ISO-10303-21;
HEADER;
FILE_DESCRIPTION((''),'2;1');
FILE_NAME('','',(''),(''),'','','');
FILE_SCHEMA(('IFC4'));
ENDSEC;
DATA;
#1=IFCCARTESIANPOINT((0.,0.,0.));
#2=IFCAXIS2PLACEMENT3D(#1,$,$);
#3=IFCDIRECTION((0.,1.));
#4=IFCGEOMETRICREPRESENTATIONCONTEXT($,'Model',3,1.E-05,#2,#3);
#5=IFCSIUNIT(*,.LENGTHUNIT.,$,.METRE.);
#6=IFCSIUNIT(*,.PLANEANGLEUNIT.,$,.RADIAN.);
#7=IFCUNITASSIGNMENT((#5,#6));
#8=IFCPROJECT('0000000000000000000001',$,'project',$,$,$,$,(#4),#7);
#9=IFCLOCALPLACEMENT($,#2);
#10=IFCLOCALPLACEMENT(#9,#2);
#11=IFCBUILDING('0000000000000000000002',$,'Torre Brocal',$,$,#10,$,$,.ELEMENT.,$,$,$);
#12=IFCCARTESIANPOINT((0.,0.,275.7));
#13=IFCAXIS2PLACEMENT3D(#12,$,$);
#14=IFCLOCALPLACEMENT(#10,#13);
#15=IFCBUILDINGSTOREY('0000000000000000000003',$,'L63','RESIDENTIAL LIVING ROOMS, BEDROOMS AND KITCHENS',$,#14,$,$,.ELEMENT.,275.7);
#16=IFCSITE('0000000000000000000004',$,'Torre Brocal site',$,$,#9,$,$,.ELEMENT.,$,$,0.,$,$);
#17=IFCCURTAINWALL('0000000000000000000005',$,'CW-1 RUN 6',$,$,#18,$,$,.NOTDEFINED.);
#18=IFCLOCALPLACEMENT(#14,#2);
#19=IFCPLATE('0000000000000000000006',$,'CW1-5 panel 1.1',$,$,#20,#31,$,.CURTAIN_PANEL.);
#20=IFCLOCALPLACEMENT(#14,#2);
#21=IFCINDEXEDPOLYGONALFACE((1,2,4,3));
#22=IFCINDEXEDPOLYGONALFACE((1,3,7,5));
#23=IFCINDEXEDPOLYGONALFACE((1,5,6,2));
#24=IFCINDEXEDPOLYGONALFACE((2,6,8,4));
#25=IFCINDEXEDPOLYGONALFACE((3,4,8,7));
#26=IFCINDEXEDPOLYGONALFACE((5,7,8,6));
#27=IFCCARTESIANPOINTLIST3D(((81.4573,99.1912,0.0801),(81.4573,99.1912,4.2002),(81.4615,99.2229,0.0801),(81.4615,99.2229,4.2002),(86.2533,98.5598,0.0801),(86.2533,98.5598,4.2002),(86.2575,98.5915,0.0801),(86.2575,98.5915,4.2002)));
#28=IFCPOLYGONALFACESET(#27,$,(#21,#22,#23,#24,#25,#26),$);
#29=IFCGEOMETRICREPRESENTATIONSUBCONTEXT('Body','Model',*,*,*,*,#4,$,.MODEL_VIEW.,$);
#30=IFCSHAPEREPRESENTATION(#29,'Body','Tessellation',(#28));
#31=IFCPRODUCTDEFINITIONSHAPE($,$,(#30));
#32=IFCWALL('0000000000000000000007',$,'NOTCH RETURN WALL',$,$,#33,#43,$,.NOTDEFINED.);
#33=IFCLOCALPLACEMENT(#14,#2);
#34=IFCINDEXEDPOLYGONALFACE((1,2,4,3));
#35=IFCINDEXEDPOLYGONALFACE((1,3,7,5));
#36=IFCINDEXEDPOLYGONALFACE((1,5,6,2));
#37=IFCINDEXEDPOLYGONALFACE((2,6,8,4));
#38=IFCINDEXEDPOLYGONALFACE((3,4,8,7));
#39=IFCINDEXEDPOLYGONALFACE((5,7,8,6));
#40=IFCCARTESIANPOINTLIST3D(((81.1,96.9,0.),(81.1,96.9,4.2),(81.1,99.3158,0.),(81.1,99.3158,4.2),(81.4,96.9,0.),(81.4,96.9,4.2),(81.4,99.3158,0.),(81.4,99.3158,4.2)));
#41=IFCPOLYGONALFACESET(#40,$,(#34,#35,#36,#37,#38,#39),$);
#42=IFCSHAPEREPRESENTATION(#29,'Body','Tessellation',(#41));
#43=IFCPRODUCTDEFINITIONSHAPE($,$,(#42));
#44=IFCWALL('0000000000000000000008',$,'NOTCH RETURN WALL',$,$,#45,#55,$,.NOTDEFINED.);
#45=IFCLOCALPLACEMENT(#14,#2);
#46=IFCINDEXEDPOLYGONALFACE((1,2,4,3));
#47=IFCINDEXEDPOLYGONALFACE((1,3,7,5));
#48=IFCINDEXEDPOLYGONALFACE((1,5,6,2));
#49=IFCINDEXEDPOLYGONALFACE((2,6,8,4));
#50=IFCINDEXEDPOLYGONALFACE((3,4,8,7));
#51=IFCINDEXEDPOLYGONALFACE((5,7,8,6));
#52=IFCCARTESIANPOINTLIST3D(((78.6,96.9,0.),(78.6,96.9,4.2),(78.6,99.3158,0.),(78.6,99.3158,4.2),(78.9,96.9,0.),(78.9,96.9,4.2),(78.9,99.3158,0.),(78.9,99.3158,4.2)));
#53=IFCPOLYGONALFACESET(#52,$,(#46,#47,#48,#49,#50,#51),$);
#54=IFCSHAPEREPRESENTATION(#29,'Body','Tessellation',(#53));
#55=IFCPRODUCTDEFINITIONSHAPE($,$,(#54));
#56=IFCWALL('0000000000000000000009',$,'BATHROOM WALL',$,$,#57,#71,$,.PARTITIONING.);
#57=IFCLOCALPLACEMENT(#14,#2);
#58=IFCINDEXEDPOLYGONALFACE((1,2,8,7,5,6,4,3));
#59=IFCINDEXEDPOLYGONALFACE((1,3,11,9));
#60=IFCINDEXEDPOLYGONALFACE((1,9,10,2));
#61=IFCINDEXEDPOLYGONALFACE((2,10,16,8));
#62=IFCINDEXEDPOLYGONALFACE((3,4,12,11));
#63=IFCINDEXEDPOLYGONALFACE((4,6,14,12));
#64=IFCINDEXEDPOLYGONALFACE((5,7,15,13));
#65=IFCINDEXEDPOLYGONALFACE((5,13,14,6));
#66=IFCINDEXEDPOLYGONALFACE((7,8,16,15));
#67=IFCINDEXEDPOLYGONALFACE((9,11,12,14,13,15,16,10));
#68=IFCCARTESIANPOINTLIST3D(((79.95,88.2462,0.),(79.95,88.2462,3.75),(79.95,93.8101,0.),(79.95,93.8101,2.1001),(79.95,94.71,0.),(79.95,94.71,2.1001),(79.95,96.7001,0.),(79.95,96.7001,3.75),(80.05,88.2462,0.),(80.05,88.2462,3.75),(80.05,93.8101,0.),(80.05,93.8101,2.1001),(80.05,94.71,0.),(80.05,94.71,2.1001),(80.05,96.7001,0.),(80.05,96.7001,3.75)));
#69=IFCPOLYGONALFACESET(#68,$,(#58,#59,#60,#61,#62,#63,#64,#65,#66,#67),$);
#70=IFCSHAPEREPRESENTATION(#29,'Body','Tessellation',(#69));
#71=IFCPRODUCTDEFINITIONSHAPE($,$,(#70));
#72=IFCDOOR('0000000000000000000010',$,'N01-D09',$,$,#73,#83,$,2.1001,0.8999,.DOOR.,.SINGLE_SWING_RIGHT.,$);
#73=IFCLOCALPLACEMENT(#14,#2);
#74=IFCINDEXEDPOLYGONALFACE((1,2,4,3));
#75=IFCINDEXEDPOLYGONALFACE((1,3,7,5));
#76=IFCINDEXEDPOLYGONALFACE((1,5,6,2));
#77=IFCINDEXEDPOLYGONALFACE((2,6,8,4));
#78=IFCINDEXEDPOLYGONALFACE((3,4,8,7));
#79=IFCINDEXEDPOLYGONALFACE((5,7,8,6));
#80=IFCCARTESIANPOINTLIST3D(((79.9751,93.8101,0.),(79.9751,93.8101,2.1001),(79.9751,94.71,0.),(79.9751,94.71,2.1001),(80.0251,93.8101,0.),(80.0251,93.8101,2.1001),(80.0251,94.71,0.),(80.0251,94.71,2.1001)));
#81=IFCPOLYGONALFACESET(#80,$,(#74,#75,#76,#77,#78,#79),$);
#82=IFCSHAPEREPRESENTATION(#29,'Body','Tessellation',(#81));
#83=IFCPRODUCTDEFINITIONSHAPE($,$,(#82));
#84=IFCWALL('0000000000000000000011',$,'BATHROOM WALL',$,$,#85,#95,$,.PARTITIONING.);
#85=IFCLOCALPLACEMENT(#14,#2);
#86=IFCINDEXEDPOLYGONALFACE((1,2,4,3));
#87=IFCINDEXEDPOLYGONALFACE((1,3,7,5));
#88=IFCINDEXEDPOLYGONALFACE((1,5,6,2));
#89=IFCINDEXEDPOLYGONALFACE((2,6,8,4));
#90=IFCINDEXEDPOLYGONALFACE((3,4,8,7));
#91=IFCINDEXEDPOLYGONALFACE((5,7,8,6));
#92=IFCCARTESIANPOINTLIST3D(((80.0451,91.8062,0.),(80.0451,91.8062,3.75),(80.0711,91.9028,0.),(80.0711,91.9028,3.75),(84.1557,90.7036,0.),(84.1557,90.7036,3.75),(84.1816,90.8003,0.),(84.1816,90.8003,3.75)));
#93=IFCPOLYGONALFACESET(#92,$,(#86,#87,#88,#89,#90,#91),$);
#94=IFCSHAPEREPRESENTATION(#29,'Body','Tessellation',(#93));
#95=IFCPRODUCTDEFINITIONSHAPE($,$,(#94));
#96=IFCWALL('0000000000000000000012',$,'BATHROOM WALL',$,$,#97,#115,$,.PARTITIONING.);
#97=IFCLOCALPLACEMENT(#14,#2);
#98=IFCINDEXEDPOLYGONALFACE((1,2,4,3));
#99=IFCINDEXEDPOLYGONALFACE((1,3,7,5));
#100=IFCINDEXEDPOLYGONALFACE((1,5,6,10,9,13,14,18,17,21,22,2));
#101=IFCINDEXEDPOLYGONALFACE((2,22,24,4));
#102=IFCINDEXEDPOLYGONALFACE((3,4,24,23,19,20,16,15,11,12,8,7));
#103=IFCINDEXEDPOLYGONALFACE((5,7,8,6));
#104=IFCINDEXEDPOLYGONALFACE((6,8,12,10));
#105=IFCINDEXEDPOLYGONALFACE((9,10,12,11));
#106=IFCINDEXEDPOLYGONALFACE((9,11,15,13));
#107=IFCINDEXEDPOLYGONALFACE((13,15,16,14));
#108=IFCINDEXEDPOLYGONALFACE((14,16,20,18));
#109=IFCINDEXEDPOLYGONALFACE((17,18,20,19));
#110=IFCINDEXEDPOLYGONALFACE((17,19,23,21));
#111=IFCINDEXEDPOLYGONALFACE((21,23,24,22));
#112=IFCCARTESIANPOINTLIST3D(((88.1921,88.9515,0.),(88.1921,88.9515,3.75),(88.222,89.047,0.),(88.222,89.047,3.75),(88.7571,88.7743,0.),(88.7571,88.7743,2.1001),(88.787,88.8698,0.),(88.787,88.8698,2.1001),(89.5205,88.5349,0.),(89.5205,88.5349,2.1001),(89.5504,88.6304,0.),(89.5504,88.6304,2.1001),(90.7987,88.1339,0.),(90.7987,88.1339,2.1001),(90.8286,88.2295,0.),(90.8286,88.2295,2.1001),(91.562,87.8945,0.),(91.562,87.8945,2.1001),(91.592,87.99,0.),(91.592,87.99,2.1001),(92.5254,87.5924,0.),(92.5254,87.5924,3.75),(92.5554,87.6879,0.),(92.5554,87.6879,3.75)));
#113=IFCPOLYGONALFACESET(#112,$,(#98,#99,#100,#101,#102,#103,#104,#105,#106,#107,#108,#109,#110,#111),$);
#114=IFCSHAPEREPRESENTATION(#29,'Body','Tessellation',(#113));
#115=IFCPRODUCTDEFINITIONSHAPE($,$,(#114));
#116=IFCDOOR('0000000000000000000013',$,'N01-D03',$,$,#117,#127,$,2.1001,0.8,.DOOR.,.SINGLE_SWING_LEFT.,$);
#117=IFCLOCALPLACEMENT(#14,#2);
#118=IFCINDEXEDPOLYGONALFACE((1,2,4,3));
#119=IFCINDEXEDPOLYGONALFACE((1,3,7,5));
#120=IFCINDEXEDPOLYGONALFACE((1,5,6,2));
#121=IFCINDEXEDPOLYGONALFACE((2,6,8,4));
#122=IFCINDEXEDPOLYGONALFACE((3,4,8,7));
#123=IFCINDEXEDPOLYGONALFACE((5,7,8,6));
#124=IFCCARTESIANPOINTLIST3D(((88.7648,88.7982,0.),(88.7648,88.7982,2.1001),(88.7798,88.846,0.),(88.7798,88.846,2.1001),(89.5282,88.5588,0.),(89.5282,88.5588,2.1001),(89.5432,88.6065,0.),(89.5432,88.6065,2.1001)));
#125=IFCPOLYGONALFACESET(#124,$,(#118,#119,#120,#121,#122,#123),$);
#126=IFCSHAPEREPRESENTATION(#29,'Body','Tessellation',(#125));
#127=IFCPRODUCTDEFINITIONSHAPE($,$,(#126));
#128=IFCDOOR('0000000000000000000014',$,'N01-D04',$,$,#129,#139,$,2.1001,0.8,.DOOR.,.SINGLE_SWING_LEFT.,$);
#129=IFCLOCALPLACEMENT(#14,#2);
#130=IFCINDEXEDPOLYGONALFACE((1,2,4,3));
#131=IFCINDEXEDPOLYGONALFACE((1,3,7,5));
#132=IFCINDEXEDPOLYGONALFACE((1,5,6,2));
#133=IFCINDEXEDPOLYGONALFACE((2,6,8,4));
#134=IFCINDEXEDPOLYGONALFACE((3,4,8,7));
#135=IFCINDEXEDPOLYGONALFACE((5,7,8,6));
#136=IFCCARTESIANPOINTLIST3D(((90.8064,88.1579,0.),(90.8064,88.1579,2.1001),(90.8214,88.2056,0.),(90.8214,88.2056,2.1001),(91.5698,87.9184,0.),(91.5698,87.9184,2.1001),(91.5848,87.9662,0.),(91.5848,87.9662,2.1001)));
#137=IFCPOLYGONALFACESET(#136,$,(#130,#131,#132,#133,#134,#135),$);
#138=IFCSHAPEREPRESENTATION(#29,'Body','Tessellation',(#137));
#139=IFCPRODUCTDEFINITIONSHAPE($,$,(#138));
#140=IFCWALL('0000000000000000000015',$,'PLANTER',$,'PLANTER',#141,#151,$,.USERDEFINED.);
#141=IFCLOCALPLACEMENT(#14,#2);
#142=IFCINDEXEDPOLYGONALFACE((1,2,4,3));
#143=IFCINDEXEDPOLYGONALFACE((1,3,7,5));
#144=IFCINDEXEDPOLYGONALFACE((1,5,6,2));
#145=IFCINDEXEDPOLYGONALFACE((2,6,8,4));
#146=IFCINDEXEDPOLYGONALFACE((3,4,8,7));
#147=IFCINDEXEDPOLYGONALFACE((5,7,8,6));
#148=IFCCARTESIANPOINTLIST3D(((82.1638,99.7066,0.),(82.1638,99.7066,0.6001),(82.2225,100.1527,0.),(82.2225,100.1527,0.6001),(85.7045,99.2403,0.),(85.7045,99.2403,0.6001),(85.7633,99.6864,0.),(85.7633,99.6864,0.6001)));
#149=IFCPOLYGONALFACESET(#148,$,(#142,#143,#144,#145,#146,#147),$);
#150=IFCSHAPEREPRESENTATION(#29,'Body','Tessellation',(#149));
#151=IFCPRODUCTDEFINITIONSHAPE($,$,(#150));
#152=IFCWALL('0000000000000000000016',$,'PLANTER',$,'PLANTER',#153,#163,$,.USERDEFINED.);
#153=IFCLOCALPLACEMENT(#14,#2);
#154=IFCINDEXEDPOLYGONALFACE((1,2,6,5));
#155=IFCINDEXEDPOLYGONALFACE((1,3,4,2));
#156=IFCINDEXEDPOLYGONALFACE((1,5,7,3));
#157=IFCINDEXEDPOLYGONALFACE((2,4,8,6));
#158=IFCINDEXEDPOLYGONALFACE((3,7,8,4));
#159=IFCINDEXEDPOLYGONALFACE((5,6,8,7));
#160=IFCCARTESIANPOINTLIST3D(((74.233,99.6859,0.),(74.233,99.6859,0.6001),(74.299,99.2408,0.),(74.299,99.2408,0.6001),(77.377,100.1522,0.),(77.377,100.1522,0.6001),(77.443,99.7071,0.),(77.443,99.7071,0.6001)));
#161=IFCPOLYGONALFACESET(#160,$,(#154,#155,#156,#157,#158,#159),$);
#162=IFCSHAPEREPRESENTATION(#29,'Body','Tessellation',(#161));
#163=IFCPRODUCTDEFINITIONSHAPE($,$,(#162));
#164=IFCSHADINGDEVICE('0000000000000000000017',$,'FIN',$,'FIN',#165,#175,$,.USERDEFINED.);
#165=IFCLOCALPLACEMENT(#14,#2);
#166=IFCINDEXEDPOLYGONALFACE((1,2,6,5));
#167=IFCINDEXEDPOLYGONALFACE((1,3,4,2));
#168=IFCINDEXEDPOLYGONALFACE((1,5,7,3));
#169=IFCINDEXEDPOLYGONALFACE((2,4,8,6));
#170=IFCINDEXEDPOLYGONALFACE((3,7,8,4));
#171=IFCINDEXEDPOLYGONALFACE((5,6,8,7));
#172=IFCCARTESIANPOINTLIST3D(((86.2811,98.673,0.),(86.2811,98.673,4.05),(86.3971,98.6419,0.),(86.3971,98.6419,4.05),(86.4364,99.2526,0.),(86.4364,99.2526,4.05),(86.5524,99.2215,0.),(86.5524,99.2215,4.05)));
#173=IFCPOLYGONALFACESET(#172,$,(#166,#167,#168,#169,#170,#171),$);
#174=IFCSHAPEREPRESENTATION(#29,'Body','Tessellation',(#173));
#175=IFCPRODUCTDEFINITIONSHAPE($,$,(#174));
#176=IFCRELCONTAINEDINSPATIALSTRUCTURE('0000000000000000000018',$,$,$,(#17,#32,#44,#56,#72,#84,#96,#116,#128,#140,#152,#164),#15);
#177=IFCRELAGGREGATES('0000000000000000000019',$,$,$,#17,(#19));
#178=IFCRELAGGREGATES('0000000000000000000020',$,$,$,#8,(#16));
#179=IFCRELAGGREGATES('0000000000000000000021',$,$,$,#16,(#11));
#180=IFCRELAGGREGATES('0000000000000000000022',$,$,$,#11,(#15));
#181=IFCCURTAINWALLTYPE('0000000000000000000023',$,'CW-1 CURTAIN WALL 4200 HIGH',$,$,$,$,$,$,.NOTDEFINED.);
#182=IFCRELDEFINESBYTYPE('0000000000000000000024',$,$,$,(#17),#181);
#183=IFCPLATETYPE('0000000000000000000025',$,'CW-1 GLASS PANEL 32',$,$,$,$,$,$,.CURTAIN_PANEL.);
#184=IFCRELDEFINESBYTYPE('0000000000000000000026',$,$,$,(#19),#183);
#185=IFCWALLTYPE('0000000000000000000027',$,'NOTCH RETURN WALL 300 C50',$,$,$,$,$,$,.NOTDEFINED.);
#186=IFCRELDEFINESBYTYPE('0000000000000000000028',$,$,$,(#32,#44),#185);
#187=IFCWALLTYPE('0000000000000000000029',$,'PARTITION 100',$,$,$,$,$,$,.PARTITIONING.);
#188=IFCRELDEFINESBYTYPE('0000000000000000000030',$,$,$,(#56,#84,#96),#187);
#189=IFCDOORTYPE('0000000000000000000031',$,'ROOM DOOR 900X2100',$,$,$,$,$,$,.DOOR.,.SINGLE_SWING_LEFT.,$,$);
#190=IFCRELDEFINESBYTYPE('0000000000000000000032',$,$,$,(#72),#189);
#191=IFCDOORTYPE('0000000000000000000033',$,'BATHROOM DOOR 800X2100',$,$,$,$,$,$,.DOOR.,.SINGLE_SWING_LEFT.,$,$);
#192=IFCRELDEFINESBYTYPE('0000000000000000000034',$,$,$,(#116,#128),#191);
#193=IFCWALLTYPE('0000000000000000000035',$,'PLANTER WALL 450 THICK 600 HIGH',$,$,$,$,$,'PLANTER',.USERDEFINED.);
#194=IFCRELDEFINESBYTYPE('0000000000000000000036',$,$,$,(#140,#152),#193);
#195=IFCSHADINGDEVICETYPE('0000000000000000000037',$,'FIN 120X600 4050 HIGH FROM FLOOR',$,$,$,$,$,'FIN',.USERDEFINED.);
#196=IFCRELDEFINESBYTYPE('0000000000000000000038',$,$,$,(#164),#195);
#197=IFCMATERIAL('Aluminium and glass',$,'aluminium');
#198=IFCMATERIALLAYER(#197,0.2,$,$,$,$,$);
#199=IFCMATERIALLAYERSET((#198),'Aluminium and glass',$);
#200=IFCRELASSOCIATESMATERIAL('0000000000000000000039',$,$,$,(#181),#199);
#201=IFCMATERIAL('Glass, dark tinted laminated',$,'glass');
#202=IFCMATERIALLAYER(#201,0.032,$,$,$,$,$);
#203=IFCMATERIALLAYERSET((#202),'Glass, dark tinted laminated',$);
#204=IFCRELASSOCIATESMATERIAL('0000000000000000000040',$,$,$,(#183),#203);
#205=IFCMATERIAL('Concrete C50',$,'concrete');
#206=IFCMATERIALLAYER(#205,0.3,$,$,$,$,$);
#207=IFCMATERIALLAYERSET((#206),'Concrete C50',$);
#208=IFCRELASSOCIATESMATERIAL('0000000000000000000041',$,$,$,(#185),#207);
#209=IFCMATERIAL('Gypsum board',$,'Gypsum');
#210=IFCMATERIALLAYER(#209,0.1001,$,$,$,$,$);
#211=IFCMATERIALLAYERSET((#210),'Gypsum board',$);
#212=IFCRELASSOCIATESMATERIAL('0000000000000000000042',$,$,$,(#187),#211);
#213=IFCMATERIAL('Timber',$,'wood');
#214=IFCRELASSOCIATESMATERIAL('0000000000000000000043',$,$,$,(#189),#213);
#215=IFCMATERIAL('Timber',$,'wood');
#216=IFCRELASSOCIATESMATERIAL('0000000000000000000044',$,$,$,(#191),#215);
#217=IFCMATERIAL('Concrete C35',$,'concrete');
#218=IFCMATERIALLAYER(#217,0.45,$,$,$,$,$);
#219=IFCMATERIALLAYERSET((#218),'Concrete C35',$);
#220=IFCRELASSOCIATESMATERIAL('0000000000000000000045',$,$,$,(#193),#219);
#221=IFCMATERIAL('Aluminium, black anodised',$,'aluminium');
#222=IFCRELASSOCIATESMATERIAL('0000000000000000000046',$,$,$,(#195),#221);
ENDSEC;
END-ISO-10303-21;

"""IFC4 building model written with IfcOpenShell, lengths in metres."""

from ifc_helpers import new_model, si_unit, direction, frame, frame_2d, origin, origin_2d, place, context, subcontext, project, spatial, rectangle, extrude, material, layer, layer_set, material_profile, profile_set, type_object, element, fill, aggregate, save


model = new_model("IFC4")

# Units and contexts
model_context = context("Model", 3, precision=1e-05, world=origin(), true_north=direction((0.0, 1.0)))
body_context = subcontext(model_context, "Body", "Model", "MODEL_VIEW")
ifc_project = project(units=[si_unit("LENGTHUNIT", "METRE"), si_unit("PLANEANGLEUNIT", "RADIAN")], contexts=[model_context])

# Site, building, storey
site_placement = place(None, origin())
site = spatial("IfcSite", under=ifc_project, at=site_placement, Name="Torre Brocal site", CompositionType="ELEMENT", RefElevation=0.0)
building_placement = place(site_placement, origin())
building = spatial("IfcBuilding", under=site, at=building_placement, Name="Torre Brocal", CompositionType="ELEMENT")
storey_placement = place(building_placement, frame((0.0, 0.0, 275.7)))
storey = spatial("IfcBuildingStorey", under=building, at=storey_placement, Name="L63", Description="RESIDENTIAL LIVING ROOMS, BEDROOMS AND KITCHENS", CompositionType="ELEMENT", Elevation=275.7)

# Curtain wall
ifc_material_1 = material(Name="Aluminium and glass", Category="aluminium")
ifc_layer_1 = layer(ifc_material_1, 0.2)
ifc_layer_set_1 = layer_set([ifc_layer_1], Name="Aluminium and glass")
curtain_wall_type = type_object("IfcCurtainWallType", Name="CW-1 CURTAIN WALL 4200 HIGH", PredefinedType="NOTDEFINED", material=ifc_layer_set_1)
curtain_wall_1_placement = place(storey_placement, origin())
curtain_wall_1 = element("IfcCurtainWall", 1, at=curtain_wall_1_placement, inside=storey, type_object=curtain_wall_type, Name="CW-1 RUN 6", PredefinedType="NOTDEFINED")

# Plate
ifc_material_2 = material(Name="Glass, dark tinted laminated", Category="glass")
ifc_layer_2 = layer(ifc_material_2, 0.032)
ifc_layer_set_2 = layer_set([ifc_layer_2], Name="Glass, dark tinted laminated")
plate_type = type_object("IfcPlateType", Name="CW-1 GLASS PANEL 32", PredefinedType="CURTAIN_PANEL", material=ifc_layer_set_2)
plate_placement = place(storey_placement, frame((83.8574, 98.8914, 0.0801), z_axis=(0.0, 0.0, 1.0), x_axis=(-0.991445, 0.130526, 0.0)))
plate = element("IfcPlate", 2, at=plate_placement, type_object=plate_type, Name="CW1-5 panel 1.1", PredefinedType="CURTAIN_PANEL", context=body_context, shape_type="SweptSolid", body=[
    extrude(rectangle(XDim=4.8374, YDim=0.032, at=origin_2d()), origin(), (0.0, 0.0, 1.0), 4.1201),
])
aggregate(curtain_wall_1, [plate])

# Walls
ifc_material_3 = material(Name="Concrete C50", Category="concrete")
ifc_layer_3 = layer(ifc_material_3, 0.3)
ifc_layer_set_3 = layer_set([ifc_layer_3], Name="Concrete C50")
wall_type_1 = type_object("IfcWallType", Name="NOTCH RETURN WALL 300 C50", PredefinedType="NOTDEFINED", material=ifc_layer_set_3)
for number, where, z_axis, x_axis, name in (
    (3, (81.25, 96.8999, 0.0), (0.0, 0.0, 1.0), (0.0, 1.0, 0.0), "NOTCH RETURN WALL"),
    (4, (78.75, 96.8999, 0.0), (0.0, 0.0, 1.0), (0.0, 1.0, 0.0), "NOTCH RETURN WALL"),
):
    element("IfcWall", number, at=place(storey_placement, frame(where, z_axis=z_axis, x_axis=x_axis)), inside=storey, type_object=wall_type_1, Name=name, PredefinedType="NOTDEFINED", context=body_context, shape_type="SweptSolid", body=[
        extrude(rectangle(XDim=2.4158, YDim=0.3, at=frame_2d((1.208, 0.0))), origin(), (0.0, 0.0, 1.0), 4.2),
    ])

# Wall, opening, door
ifc_material_4 = material(Name="Gypsum board", Category="Gypsum")
ifc_layer_4 = layer(ifc_material_4, 0.1001)
ifc_layer_set_4 = layer_set([ifc_layer_4], Name="Gypsum board")
wall_type_2 = type_object("IfcWallType", Name="PARTITION 100", PredefinedType="PARTITIONING", material=ifc_layer_set_4)
wall_1_placement = place(storey_placement, frame((80.0, 88.2461, 0.0), z_axis=(0.0, 0.0, 1.0), x_axis=(0.0, 1.0, 0.0)))
wall_1 = element("IfcWall", 5, at=wall_1_placement, inside=storey, type_object=wall_type_2, Name="BATHROOM WALL", PredefinedType="PARTITIONING", context=body_context, shape_type="SweptSolid", body=[
    extrude(rectangle(XDim=8.4539, YDim=0.1001, at=frame_2d((4.2271, 0.0))), origin(), (0.0, 0.0, 1.0), 3.75),
])
opening_1_placement = place(wall_1_placement, frame((5.564, 0.0, 0.0)))
opening_1 = element("IfcOpeningElement", 6, at=opening_1_placement, cuts=wall_1, PredefinedType="OPENING", context=body_context, shape_type="SweptSolid", body=[
    extrude(rectangle(XDim=0.8999, YDim=2.1001, at=frame_2d((0.45, 1.05))), frame((0.0, 0.0601, 0.0), z_axis=(0.0, -1.0, 0.0), x_axis=(1.0, 0.0, 0.0)), (0.0, 0.0, 1.0), 0.1201),
])
ifc_material_5 = material(Name="Timber", Category="wood")
door_type_1 = type_object("IfcDoorType", Name="ROOM DOOR 900X2100", OperationType="SINGLE_SWING_LEFT", PredefinedType="DOOR", material=ifc_material_5)
door_1_placement = place(opening_1_placement, origin())
door_1 = element("IfcDoor", 7, at=door_1_placement, inside=storey, type_object=door_type_1, Name="N01-D09", OperationType="SINGLE_SWING_RIGHT", OverallHeight=2.1001, OverallWidth=0.8999, PredefinedType="DOOR", context=body_context, shape_type="SweptSolid", body=[
    extrude(rectangle(XDim=0.8999, YDim=2.1001, at=frame_2d((0.45, 1.05))), frame((0.0, 0.0249, 0.0), z_axis=(0.0, -1.0, 0.0), x_axis=(1.0, 0.0, 0.0)), (0.0, 0.0, 1.0), 0.05),
])
fill(opening_1, door_1)

# Wall
wall_2_placement = place(storey_placement, frame((80.0581, 91.8545, 0.0), z_axis=(0.0, 0.0, 1.0), x_axis=(0.965861, -0.259062, 0.0)))
element("IfcWall", 8, at=wall_2_placement, inside=storey, type_object=wall_type_2, Name="BATHROOM WALL", PredefinedType="PARTITIONING", context=body_context, shape_type="SweptSolid", body=[
    extrude(rectangle(XDim=4.2559, YDim=0.1001, at=frame_2d((2.1279, 0.0))), origin(), (0.0, 0.0, 1.0), 3.75),
])

# Wall, openings, doors
wall_3_placement = place(storey_placement, frame((88.207, 88.9993, 0.0), z_axis=(0.0, 0.0, 1.0), x_axis=(0.954167, -0.299276, 0.0)))
wall_3 = element("IfcWall", 9, at=wall_3_placement, inside=storey, type_object=wall_type_2, Name="BATHROOM WALL", PredefinedType="PARTITIONING", context=body_context, shape_type="SweptSolid", body=[
    extrude(rectangle(XDim=4.5415, YDim=0.1001, at=frame_2d((2.2708, 0.0))), origin(), (0.0, 0.0, 1.0), 3.75),
])
opening_2_placement = place(wall_3_placement, frame((0.5923, 0.0, 0.0)))
opening_2 = element("IfcOpeningElement", 10, at=opening_2_placement, cuts=wall_3, PredefinedType="OPENING", context=body_context, shape_type="SweptSolid", body=[
    extrude(rectangle(XDim=0.8, YDim=2.1001, at=frame_2d((0.3999, 1.05))), frame((0.0, 0.0601, 0.0), z_axis=(0.0, -1.0, 0.0), x_axis=(1.0, 0.0, 0.0)), (0.0, 0.0, 1.0), 0.1201),
])
opening_3_placement = place(wall_3_placement, frame((2.7319, 0.0, 0.0)))
opening_3 = element("IfcOpeningElement", 11, at=opening_3_placement, cuts=wall_3, PredefinedType="OPENING", context=body_context, shape_type="SweptSolid", body=[
    extrude(rectangle(XDim=0.8, YDim=2.1001, at=frame_2d((0.3999, 1.05))), frame((0.0, 0.0601, 0.0), z_axis=(0.0, -1.0, 0.0), x_axis=(1.0, 0.0, 0.0)), (0.0, 0.0, 1.0), 0.1201),
])
ifc_material_6 = material(Name="Timber", Category="wood")
door_type_2 = type_object("IfcDoorType", Name="BATHROOM DOOR 800X2100", OperationType="SINGLE_SWING_LEFT", PredefinedType="DOOR", material=ifc_material_6)
door_2_placement = place(opening_2_placement, frame((0.8, 0.0, 0.0), z_axis=(0.0, 0.0, 1.0), x_axis=(-1.0, 0.0, 0.0)))
door_2 = element("IfcDoor", 12, at=door_2_placement, inside=storey, type_object=door_type_2, Name="N01-D03", OperationType="SINGLE_SWING_LEFT", OverallHeight=2.1001, OverallWidth=0.8, PredefinedType="DOOR", context=body_context, shape_type="SweptSolid", body=[
    extrude(rectangle(XDim=0.8, YDim=2.1001, at=frame_2d((0.3999, 1.05))), frame((0.0, 0.0249, 0.0), z_axis=(0.0, -1.0, 0.0), x_axis=(1.0, 0.0, 0.0)), (0.0, 0.0, 1.0), 0.05),
])
fill(opening_2, door_2)
door_3_placement = place(opening_3_placement, frame((0.8, 0.0, 0.0), z_axis=(0.0, 0.0, 1.0), x_axis=(-1.0, 0.0, 0.0)))
door_3 = element("IfcDoor", 13, at=door_3_placement, inside=storey, type_object=door_type_2, Name="N01-D04", OperationType="SINGLE_SWING_LEFT", OverallHeight=2.1001, OverallWidth=0.8, PredefinedType="DOOR", context=body_context, shape_type="SweptSolid", body=[
    extrude(rectangle(XDim=0.8, YDim=2.1001, at=frame_2d((0.3999, 1.05))), frame((0.0, 0.0249, 0.0), z_axis=(0.0, -1.0, 0.0), x_axis=(1.0, 0.0, 0.0)), (0.0, 0.0, 1.0), 0.05),
])
fill(opening_3, door_3)

# Walls
ifc_material_7 = material(Name="Concrete C35", Category="concrete")
ifc_layer_5 = layer(ifc_material_7, 0.45)
ifc_layer_set_5 = layer_set([ifc_layer_5], Name="Concrete C35")
wall_type_3 = type_object("IfcWallType", Name="PLANTER WALL 450 THICK 600 HIGH", ElementType="PLANTER", PredefinedType="USERDEFINED", material=ifc_layer_set_5)
wall_4_placement = place(storey_placement, frame((85.7339, 99.4634, 0.0), z_axis=(0.0, 0.0, 1.0), x_axis=(-0.991439, 0.130569, 0.0)))
element("IfcWall", 14, at=wall_4_placement, inside=storey, type_object=wall_type_3, Name="PLANTER", ObjectType="PLANTER", PredefinedType="USERDEFINED", context=body_context, shape_type="SweptSolid", body=[
    extrude(rectangle(XDim=3.5713, YDim=0.45, at=frame_2d((1.7856, 0.0))), origin(), (0.0, 0.0, 1.0), 0.6001),
])
wall_5_placement = place(storey_placement, frame((77.4102, 99.9297, 0.0), z_axis=(0.0, 0.0, 1.0), x_axis=(-0.98918, -0.14671, 0.0)))
element("IfcWall", 15, at=wall_5_placement, inside=storey, type_object=wall_type_3, Name="PLANTER", ObjectType="PLANTER", PredefinedType="USERDEFINED", context=body_context, shape_type="SweptSolid", body=[
    extrude(rectangle(XDim=3.1785, YDim=0.45, at=frame_2d((1.5894, 0.0))), origin(), (0.0, 0.0, 1.0), 0.6001),
])

# Shading device
ifc_material_8 = material(Name="Aluminium, black anodised", Category="aluminium")
ifc_material_profile_1 = material_profile(ifc_material_8, rectangle(XDim=0.1201, YDim=0.6001, at=origin_2d()), Name="FIN 120X600 4050 HIGH FROM FLOOR")
ifc_profile_set_1 = profile_set([ifc_material_profile_1], Name="Aluminium, black anodised")
shading_device_type = type_object("IfcShadingDeviceType", Name="FIN 120X600 4050 HIGH FROM FLOOR", ElementType="FIN", PredefinedType="USERDEFINED", material=ifc_profile_set_1)
shading_device_placement = place(storey_placement, frame((86.4167, 98.9473, 0.0), z_axis=(0.0, 0.0, 1.0), x_axis=(-0.965926, 0.258819, 0.0)))
element("IfcShadingDevice", 16, at=shading_device_placement, inside=storey, type_object=shading_device_type, Name="FIN", ObjectType="FIN", PredefinedType="USERDEFINED", context=body_context, shape_type="SweptSolid", body=[
    extrude(rectangle(XDim=0.1201, YDim=0.6001, at=origin_2d()), origin(), (0.0, 0.0, 1.0), 4.05),
])

save(model, "model.ifc")
